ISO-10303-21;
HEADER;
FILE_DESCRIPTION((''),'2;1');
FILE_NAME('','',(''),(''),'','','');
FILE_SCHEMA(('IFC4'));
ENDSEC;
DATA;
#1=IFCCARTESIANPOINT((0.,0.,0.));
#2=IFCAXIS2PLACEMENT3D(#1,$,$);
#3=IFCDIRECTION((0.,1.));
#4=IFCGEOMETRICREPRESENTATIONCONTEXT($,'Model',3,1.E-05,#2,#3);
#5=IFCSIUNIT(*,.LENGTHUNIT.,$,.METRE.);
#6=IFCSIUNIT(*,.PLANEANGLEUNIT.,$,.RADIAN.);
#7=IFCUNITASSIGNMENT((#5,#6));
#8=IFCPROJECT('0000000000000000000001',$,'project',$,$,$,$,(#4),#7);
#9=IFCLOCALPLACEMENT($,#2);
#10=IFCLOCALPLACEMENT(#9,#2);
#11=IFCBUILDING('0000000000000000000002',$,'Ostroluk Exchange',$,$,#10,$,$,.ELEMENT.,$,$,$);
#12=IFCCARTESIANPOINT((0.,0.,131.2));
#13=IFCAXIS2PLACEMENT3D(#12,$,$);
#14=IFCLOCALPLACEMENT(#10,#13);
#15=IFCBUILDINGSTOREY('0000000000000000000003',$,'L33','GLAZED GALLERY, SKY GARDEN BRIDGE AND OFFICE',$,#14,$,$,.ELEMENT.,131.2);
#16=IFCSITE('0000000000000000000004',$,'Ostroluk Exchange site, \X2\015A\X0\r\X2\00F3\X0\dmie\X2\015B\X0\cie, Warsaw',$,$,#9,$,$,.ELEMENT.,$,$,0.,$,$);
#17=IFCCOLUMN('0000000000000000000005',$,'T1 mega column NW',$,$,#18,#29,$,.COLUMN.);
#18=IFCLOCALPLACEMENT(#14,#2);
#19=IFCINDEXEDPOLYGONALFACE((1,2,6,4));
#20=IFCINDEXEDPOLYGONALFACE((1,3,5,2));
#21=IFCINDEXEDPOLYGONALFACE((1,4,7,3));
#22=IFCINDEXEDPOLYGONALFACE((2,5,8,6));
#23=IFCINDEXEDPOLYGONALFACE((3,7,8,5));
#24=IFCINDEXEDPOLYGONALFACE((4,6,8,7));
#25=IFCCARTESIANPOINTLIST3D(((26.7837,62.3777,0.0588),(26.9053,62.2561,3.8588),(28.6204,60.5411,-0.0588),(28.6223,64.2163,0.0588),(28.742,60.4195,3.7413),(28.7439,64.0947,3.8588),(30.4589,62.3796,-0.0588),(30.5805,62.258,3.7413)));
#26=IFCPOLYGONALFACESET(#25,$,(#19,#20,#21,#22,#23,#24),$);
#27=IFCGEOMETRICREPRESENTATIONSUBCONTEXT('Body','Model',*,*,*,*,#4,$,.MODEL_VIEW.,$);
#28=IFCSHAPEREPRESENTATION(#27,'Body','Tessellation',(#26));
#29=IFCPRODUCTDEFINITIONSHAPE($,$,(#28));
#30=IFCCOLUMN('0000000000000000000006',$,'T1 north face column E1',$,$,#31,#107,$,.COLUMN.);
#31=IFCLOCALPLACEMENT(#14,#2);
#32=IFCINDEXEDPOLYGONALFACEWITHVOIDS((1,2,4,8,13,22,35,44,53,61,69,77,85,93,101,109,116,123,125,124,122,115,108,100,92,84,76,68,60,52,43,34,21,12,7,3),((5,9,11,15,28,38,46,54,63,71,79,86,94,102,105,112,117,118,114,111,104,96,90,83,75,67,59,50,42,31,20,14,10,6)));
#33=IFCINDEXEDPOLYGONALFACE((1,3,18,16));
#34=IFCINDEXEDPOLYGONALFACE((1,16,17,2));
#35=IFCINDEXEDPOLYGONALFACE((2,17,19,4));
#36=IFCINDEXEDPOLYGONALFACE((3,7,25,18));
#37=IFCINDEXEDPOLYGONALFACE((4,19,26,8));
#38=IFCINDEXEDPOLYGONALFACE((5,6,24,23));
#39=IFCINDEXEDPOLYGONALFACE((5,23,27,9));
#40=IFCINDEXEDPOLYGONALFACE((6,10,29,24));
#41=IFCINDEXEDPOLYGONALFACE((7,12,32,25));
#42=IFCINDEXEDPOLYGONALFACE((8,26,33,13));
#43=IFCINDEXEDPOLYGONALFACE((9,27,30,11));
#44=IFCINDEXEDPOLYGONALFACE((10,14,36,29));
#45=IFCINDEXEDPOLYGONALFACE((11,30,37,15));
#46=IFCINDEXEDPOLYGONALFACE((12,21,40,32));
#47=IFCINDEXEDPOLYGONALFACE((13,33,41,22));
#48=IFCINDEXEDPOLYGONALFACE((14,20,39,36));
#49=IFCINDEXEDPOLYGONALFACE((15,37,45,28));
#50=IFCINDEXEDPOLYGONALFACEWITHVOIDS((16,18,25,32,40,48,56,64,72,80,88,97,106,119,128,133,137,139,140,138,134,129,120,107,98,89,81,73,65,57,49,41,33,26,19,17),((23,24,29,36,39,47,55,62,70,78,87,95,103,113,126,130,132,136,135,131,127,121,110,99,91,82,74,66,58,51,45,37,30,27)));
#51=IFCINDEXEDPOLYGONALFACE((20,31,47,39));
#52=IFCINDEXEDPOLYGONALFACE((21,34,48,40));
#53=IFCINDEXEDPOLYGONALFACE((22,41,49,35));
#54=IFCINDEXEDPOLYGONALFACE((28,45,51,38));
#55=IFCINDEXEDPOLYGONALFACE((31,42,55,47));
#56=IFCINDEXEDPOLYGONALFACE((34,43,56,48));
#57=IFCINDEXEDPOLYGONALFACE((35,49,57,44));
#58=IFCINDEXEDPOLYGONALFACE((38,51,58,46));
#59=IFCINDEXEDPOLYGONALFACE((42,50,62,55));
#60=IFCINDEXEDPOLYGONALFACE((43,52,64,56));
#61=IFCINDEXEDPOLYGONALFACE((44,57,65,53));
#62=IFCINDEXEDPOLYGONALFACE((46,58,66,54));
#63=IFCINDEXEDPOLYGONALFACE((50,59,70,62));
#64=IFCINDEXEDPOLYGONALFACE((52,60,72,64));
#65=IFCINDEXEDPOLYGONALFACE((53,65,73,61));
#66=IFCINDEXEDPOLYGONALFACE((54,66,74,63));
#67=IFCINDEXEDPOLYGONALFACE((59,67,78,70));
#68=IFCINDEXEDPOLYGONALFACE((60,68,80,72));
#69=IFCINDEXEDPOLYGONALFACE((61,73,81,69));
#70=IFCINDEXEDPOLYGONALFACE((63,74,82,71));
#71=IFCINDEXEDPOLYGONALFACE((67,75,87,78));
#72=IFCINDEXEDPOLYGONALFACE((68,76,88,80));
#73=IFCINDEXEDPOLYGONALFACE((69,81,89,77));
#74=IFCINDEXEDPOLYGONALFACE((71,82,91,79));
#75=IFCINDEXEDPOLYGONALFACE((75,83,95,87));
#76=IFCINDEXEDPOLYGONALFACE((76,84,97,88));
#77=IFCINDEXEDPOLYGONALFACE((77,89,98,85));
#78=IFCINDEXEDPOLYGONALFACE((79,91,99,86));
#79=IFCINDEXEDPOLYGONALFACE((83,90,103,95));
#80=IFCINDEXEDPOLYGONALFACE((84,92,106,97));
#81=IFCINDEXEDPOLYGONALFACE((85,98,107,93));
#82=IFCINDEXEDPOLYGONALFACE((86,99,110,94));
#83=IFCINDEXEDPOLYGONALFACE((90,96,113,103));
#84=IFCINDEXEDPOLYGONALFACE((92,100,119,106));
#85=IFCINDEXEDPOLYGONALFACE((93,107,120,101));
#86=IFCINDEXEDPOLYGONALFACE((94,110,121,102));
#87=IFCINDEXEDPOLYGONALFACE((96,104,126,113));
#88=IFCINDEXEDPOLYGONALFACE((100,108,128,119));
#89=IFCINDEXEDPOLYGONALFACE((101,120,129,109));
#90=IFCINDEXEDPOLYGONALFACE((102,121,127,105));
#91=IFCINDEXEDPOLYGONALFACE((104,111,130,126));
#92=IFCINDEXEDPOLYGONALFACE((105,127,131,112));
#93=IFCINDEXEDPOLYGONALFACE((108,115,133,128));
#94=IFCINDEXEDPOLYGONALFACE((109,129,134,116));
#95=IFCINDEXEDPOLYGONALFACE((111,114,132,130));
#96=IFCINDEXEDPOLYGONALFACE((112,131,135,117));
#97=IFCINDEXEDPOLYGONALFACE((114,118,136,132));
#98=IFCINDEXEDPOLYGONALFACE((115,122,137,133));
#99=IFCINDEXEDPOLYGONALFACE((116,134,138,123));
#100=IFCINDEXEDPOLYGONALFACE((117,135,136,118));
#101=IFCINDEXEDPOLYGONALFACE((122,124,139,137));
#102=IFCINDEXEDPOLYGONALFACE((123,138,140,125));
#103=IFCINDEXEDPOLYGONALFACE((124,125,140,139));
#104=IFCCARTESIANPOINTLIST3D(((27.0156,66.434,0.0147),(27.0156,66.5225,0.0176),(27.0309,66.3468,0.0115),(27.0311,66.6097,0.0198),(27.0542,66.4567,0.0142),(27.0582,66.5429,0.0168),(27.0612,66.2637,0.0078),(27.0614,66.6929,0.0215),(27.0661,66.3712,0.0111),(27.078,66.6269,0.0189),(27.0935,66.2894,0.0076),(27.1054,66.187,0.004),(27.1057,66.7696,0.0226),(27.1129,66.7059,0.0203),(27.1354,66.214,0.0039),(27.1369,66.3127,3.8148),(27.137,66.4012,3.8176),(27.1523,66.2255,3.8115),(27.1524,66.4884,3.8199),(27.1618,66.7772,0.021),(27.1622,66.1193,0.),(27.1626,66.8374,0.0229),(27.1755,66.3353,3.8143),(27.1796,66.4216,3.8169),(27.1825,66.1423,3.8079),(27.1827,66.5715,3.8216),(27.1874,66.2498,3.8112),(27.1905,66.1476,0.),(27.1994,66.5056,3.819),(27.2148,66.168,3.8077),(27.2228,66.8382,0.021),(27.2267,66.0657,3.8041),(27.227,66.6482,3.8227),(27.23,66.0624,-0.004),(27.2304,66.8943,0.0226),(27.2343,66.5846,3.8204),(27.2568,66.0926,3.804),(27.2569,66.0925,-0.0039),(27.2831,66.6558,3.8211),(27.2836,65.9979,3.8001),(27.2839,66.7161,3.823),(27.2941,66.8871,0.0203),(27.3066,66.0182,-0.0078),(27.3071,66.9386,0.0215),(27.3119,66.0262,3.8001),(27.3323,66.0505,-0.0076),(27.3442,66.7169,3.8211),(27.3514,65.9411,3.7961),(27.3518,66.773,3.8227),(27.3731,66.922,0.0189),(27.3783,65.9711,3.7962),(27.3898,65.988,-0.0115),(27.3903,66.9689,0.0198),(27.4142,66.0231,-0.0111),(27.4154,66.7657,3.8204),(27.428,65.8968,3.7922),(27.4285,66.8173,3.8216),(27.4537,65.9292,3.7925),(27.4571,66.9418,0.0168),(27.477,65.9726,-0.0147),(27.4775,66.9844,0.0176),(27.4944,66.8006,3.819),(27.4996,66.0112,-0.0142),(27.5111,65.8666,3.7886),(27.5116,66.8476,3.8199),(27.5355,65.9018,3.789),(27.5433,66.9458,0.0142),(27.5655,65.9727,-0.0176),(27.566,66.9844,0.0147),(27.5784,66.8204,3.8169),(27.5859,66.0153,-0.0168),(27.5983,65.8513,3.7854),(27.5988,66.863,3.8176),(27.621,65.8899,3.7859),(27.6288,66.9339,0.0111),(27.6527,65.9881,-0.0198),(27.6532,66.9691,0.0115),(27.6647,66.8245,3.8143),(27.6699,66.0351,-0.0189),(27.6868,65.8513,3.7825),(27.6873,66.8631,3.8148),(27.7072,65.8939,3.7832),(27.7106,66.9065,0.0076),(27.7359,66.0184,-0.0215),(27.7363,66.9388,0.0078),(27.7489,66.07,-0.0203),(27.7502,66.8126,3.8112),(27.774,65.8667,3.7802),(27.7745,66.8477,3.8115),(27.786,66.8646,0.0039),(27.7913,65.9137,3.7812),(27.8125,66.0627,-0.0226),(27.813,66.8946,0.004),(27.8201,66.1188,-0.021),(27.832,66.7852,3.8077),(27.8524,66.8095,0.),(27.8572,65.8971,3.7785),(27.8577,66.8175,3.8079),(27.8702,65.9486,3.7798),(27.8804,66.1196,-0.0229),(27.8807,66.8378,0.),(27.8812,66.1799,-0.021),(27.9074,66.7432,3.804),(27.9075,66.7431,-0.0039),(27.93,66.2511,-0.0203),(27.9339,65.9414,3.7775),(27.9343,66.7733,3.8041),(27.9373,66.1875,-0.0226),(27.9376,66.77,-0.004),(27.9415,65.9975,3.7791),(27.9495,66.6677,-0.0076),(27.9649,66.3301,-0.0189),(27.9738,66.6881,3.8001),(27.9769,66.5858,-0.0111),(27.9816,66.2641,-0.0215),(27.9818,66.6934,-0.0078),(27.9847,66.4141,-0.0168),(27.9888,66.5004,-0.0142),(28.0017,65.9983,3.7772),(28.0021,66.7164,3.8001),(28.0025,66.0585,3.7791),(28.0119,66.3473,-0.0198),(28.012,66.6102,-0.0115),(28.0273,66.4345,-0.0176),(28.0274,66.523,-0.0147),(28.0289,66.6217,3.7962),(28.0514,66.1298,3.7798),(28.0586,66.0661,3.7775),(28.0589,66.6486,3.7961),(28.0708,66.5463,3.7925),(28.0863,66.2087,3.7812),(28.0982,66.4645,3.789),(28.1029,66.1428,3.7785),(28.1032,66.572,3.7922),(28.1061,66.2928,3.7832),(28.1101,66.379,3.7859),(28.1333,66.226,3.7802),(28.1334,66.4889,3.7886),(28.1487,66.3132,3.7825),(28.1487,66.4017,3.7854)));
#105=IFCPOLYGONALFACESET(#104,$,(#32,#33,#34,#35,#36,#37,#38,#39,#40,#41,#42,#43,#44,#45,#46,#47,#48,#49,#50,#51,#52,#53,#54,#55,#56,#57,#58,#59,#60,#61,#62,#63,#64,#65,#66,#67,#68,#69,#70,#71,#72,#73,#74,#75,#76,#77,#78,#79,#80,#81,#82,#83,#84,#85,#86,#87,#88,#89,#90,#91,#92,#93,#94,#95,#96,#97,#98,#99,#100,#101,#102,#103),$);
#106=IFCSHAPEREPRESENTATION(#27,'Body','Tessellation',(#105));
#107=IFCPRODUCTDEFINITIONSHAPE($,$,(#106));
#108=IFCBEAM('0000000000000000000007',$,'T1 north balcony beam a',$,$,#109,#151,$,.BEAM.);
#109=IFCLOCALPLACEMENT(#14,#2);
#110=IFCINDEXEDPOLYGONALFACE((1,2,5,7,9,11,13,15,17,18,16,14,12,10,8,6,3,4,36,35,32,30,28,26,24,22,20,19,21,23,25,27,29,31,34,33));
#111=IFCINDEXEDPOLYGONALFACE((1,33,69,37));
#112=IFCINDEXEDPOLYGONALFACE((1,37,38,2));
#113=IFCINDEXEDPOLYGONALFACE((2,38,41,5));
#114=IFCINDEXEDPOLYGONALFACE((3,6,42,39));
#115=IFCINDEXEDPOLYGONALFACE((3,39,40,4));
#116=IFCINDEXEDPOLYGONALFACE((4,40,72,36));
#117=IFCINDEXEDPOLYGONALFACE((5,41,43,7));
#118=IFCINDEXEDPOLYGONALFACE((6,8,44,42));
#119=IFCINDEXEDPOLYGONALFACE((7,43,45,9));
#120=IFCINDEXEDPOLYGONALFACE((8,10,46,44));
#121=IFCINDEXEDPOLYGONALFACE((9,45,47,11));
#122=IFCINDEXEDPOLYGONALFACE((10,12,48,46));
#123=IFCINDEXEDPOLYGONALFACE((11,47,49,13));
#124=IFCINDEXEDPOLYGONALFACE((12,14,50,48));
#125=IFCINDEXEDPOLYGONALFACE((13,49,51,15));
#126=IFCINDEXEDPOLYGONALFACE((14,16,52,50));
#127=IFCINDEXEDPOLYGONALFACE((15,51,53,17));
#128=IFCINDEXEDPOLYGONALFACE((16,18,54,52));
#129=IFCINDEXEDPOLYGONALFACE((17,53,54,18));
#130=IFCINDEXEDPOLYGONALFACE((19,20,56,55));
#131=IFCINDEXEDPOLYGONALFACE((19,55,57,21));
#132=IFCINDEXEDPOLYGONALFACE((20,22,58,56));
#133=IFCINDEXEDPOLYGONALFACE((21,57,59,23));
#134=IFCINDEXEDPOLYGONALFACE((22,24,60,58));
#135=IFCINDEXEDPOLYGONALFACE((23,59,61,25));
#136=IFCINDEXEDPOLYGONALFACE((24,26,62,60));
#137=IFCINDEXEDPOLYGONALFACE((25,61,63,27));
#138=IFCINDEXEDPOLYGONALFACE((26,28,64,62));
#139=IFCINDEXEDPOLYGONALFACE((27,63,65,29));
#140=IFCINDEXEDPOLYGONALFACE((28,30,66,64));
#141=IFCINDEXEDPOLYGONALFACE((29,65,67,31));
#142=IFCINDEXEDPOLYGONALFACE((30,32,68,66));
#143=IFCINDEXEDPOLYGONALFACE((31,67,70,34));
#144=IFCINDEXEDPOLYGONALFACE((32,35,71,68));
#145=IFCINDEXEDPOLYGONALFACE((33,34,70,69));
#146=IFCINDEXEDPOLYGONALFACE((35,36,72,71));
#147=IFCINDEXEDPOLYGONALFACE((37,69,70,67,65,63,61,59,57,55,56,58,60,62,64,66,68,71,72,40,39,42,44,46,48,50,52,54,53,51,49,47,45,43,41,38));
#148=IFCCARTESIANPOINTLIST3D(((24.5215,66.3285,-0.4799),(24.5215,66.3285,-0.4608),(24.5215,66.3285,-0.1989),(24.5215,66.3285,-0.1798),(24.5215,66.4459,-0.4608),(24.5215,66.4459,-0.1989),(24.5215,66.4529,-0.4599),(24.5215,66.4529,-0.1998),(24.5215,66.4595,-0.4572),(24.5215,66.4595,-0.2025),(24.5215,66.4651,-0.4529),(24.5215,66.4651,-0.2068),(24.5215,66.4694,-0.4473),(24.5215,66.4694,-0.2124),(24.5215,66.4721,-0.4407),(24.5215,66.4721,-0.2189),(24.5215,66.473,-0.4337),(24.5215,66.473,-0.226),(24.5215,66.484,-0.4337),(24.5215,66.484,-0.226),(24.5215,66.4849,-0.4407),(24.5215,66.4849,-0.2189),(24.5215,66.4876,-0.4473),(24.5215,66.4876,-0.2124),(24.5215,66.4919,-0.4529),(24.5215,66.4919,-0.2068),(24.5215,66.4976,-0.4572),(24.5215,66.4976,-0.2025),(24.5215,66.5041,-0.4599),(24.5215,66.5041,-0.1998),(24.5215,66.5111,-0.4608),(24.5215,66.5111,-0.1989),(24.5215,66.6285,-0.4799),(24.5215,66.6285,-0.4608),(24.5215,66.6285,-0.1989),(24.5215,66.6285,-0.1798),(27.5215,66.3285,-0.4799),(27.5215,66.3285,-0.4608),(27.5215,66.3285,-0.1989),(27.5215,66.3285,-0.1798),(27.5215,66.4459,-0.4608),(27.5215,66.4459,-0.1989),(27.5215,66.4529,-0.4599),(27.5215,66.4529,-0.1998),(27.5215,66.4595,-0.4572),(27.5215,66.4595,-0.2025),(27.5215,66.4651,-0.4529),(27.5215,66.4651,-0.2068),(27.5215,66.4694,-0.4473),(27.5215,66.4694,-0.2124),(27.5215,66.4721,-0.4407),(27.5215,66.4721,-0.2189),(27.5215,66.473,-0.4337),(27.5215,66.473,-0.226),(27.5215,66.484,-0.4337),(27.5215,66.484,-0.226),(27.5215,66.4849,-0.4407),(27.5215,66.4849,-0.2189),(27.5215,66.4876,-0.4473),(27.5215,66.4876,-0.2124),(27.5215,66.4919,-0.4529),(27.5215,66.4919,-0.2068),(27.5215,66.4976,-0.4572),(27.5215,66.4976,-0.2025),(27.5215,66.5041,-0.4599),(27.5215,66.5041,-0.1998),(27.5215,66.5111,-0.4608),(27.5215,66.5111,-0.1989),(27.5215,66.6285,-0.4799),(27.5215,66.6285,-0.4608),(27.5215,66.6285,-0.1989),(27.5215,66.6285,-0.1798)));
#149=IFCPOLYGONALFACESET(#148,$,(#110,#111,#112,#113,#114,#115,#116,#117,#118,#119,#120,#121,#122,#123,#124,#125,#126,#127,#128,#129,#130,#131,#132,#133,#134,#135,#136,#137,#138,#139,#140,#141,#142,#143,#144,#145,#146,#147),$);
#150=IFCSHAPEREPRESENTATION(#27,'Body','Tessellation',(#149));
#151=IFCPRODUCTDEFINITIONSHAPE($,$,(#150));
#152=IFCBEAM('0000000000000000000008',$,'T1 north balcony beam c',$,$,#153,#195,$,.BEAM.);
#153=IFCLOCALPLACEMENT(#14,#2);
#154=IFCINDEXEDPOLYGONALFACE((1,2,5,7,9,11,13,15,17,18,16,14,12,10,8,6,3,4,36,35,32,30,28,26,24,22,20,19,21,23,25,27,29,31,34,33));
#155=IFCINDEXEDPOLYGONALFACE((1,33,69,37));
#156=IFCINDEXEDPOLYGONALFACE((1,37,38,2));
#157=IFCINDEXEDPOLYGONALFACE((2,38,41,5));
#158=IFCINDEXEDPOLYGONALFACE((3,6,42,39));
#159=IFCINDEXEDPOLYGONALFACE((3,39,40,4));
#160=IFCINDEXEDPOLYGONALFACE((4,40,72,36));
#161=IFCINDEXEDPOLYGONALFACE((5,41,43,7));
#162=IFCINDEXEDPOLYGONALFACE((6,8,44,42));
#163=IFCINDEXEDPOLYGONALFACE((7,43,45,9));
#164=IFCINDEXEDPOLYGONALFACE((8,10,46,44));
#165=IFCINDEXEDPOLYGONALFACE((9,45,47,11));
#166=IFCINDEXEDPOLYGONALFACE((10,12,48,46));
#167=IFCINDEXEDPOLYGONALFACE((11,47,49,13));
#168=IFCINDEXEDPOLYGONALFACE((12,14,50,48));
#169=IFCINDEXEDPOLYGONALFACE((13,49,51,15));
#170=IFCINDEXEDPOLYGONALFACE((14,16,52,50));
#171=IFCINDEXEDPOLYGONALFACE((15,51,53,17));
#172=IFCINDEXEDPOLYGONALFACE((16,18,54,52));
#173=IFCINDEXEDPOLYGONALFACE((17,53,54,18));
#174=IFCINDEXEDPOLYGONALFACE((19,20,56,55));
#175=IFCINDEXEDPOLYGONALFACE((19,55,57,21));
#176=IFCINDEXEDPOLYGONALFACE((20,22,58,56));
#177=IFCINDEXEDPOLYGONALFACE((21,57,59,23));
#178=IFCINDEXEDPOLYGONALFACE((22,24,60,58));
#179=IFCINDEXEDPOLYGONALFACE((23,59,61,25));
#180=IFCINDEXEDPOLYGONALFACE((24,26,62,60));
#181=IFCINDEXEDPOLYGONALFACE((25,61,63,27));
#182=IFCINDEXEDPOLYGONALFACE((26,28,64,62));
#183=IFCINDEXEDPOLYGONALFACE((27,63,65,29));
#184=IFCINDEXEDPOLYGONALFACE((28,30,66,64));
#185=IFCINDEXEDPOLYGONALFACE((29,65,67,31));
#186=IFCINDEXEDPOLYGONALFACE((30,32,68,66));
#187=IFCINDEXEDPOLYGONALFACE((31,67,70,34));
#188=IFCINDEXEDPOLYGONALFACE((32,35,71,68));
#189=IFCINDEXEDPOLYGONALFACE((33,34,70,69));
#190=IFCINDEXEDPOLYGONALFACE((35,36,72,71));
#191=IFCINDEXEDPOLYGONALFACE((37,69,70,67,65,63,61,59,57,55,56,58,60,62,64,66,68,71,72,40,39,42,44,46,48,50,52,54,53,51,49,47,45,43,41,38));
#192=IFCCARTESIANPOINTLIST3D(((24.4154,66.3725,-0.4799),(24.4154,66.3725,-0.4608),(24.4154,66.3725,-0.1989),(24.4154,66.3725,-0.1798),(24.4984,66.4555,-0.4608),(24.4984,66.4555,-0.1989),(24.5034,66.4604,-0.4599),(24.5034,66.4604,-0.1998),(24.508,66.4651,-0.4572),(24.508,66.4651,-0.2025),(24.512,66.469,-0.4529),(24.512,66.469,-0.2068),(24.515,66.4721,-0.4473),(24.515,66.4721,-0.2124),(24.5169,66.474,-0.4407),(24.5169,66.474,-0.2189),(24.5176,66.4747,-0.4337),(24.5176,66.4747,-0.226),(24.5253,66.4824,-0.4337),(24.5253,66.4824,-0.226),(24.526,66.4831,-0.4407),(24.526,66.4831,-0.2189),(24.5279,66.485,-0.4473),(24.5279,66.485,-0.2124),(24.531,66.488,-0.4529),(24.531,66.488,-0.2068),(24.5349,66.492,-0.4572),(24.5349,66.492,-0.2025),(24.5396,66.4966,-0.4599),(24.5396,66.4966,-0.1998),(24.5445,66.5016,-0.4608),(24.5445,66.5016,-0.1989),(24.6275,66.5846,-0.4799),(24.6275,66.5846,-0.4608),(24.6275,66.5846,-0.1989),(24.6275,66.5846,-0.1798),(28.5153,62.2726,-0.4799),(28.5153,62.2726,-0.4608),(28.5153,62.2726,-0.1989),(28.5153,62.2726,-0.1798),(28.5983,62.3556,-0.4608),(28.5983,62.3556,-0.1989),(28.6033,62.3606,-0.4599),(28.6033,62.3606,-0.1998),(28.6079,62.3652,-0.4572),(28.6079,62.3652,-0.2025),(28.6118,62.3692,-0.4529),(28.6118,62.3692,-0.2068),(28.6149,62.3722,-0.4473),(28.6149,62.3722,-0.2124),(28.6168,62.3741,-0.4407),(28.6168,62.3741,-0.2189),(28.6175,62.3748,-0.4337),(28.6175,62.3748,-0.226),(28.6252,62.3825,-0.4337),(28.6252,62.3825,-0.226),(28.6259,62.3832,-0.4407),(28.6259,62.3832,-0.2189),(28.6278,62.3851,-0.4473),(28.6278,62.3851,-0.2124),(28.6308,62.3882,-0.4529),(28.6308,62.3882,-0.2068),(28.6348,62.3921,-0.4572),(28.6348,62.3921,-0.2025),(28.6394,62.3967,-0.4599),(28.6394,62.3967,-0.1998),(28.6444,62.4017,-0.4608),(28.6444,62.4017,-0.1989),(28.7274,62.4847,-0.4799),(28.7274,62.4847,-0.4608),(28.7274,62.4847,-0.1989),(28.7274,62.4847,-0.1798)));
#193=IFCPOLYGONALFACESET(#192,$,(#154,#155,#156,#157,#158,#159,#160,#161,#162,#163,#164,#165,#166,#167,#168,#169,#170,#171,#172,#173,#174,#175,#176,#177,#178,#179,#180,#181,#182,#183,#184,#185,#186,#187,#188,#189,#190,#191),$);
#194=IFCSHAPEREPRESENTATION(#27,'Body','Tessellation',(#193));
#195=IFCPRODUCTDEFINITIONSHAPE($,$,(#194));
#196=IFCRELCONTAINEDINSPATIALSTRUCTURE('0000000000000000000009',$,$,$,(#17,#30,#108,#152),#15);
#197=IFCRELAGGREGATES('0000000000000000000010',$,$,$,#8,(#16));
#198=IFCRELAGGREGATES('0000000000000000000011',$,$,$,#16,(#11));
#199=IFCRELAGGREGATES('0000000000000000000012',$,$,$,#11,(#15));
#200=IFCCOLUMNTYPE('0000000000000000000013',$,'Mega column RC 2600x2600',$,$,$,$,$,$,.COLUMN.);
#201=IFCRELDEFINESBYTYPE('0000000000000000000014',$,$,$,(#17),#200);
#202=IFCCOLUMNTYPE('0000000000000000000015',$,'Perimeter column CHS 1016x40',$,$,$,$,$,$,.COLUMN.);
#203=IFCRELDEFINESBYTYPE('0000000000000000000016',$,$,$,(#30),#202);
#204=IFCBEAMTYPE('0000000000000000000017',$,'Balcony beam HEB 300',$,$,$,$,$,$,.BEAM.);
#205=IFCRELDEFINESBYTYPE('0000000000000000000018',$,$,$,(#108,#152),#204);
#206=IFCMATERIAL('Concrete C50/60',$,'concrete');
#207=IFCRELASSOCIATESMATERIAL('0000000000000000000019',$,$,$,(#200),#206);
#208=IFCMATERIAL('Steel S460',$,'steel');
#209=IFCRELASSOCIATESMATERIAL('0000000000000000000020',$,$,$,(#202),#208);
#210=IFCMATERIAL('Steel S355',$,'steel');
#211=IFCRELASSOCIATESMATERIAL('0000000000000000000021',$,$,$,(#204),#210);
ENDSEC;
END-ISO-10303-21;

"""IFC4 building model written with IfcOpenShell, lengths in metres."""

from ifc_helpers import new_model, si_unit, direction, frame, origin, origin_2d, place, context, subcontext, project, spatial, rectangle, hollow_circle, i_section, extrude, material, material_profile, profile_set, type_object, element, save


model = new_model("IFC4")

# Units and contexts
model_context = context("Model", 3, precision=1e-05, world=origin(), true_north=direction((0.0, 1.0)))
body_context = subcontext(model_context, "Body", "Model", "MODEL_VIEW")
ifc_project = project(units=[si_unit("LENGTHUNIT", "METRE"), si_unit("PLANEANGLEUNIT", "RADIAN")], contexts=[model_context])

# Site, building, storey
site_placement = place(None, origin())
site = spatial("IfcSite", under=ifc_project, at=site_placement, Name="Ostroluk Exchange site, Śródmieście, Warsaw", CompositionType="ELEMENT", RefElevation=0.0)
building_placement = place(site_placement, origin())
building = spatial("IfcBuilding", under=site, at=building_placement, Name="Ostroluk Exchange", CompositionType="ELEMENT")
storey_placement = place(building_placement, frame((0.0, 0.0, 131.2)))
storey = spatial("IfcBuildingStorey", under=building, at=storey_placement, Name="L33", Description="GLAZED GALLERY, SKY GARDEN BRIDGE AND OFFICE", CompositionType="ELEMENT", Elevation=131.2)

# Columns
ifc_material_1 = material(Name="Concrete C50/60", Category="concrete")
ifc_material_profile_1 = material_profile(ifc_material_1, rectangle(XDim=2.6001, YDim=2.6001, at=origin_2d()), Name="RC 2600x2600")
ifc_profile_set_1 = profile_set([ifc_material_profile_1], Name="Concrete C50/60")
column_type_1 = type_object("IfcColumnType", Name="Mega column RC 2600x2600", PredefinedType="COLUMN", material=ifc_profile_set_1)
column_1_placement = place(storey_placement, frame((28.6213, 62.3787, 0.0), z_axis=(0.031962, -0.031962, 0.998978), x_axis=(0.707107, 0.707107, 0.0)))
element("IfcColumn", 1, at=column_1_placement, inside=storey, type_object=column_type_1, Name="T1 mega column NW", PredefinedType="COLUMN", context=body_context, shape_type="SweptSolid", body=[
    extrude(rectangle(XDim=2.6001, YDim=2.6001, at=origin_2d()), origin(), (0.0, 0.0, 1.0), 3.804),
])
ifc_material_2 = material(Name="Steel S460", Category="steel")
ifc_material_profile_2 = material_profile(ifc_material_2, hollow_circle(Radius=0.5081, WallThickness=0.04, at=origin_2d()), Name="CHS 1016x40")
ifc_profile_set_2 = profile_set([ifc_material_profile_2], Name="Steel S460")
column_type_2 = type_object("IfcColumnType", Name="Perimeter column CHS 1016x40", PredefinedType="COLUMN", material=ifc_profile_set_2)
column_2_placement = place(storey_placement, frame((27.5215, 66.4785, 0.0), z_axis=(0.031898, -0.031898, 0.998982), x_axis=(0.707107, 0.707107, 0.0)))
element("IfcColumn", 2, at=column_2_placement, inside=storey, type_object=column_type_2, Name="T1 north face column E1", PredefinedType="COLUMN", context=body_context, shape_type="SweptSolid", body=[
    extrude(hollow_circle(Radius=0.5081, WallThickness=0.04, at=origin_2d()), origin(), (0.0, 0.0, 1.0), 3.804),
])

# Beams
ifc_material_3 = material(Name="Steel S355", Category="steel")
ifc_material_profile_3 = material_profile(ifc_material_3, i_section(OverallWidth=0.3, OverallDepth=0.3, WebThickness=0.011, FlangeThickness=0.019, FilletRadius=0.0271, at=origin_2d()), Name="HEB 300")
ifc_profile_set_3 = profile_set([ifc_material_profile_3], Name="Steel S355")
beam_type_1 = type_object("IfcBeamType", Name="Balcony beam HEB 300", PredefinedType="BEAM", material=ifc_profile_set_3)
beam_1_placement = place(storey_placement, frame((27.5215, 66.4785, -0.3298), z_axis=(-1.0, 0.0, 0.0), x_axis=(0.0, -1.0, 0.0)))
element("IfcBeam", 3, at=beam_1_placement, inside=storey, type_object=beam_type_1, Name="T1 north balcony beam a", PredefinedType="BEAM", context=body_context, shape_type="SweptSolid", body=[
    extrude(i_section(OverallWidth=0.3, OverallDepth=0.3, WebThickness=0.011, FlangeThickness=0.019, FilletRadius=0.0271, at=origin_2d()), origin(), (0.0, 0.0, 1.0), 3.0),
])
beam_2_placement = place(storey_placement, frame((28.6213, 62.3787, -0.3298), z_axis=(-0.707107, 0.707107, 0.0), x_axis=(-0.707107, -0.707107, 0.0)))
element("IfcBeam", 4, at=beam_2_placement, inside=storey, type_object=beam_type_1, Name="T1 north balcony beam c", PredefinedType="BEAM", context=body_context, shape_type="SweptSolid", body=[
    extrude(i_section(OverallWidth=0.3, OverallDepth=0.3, WebThickness=0.011, FlangeThickness=0.019, FilletRadius=0.0271, at=origin_2d()), origin(), (0.0, 0.0, 1.0), 5.7981),
])

save(model, "model.ifc")
